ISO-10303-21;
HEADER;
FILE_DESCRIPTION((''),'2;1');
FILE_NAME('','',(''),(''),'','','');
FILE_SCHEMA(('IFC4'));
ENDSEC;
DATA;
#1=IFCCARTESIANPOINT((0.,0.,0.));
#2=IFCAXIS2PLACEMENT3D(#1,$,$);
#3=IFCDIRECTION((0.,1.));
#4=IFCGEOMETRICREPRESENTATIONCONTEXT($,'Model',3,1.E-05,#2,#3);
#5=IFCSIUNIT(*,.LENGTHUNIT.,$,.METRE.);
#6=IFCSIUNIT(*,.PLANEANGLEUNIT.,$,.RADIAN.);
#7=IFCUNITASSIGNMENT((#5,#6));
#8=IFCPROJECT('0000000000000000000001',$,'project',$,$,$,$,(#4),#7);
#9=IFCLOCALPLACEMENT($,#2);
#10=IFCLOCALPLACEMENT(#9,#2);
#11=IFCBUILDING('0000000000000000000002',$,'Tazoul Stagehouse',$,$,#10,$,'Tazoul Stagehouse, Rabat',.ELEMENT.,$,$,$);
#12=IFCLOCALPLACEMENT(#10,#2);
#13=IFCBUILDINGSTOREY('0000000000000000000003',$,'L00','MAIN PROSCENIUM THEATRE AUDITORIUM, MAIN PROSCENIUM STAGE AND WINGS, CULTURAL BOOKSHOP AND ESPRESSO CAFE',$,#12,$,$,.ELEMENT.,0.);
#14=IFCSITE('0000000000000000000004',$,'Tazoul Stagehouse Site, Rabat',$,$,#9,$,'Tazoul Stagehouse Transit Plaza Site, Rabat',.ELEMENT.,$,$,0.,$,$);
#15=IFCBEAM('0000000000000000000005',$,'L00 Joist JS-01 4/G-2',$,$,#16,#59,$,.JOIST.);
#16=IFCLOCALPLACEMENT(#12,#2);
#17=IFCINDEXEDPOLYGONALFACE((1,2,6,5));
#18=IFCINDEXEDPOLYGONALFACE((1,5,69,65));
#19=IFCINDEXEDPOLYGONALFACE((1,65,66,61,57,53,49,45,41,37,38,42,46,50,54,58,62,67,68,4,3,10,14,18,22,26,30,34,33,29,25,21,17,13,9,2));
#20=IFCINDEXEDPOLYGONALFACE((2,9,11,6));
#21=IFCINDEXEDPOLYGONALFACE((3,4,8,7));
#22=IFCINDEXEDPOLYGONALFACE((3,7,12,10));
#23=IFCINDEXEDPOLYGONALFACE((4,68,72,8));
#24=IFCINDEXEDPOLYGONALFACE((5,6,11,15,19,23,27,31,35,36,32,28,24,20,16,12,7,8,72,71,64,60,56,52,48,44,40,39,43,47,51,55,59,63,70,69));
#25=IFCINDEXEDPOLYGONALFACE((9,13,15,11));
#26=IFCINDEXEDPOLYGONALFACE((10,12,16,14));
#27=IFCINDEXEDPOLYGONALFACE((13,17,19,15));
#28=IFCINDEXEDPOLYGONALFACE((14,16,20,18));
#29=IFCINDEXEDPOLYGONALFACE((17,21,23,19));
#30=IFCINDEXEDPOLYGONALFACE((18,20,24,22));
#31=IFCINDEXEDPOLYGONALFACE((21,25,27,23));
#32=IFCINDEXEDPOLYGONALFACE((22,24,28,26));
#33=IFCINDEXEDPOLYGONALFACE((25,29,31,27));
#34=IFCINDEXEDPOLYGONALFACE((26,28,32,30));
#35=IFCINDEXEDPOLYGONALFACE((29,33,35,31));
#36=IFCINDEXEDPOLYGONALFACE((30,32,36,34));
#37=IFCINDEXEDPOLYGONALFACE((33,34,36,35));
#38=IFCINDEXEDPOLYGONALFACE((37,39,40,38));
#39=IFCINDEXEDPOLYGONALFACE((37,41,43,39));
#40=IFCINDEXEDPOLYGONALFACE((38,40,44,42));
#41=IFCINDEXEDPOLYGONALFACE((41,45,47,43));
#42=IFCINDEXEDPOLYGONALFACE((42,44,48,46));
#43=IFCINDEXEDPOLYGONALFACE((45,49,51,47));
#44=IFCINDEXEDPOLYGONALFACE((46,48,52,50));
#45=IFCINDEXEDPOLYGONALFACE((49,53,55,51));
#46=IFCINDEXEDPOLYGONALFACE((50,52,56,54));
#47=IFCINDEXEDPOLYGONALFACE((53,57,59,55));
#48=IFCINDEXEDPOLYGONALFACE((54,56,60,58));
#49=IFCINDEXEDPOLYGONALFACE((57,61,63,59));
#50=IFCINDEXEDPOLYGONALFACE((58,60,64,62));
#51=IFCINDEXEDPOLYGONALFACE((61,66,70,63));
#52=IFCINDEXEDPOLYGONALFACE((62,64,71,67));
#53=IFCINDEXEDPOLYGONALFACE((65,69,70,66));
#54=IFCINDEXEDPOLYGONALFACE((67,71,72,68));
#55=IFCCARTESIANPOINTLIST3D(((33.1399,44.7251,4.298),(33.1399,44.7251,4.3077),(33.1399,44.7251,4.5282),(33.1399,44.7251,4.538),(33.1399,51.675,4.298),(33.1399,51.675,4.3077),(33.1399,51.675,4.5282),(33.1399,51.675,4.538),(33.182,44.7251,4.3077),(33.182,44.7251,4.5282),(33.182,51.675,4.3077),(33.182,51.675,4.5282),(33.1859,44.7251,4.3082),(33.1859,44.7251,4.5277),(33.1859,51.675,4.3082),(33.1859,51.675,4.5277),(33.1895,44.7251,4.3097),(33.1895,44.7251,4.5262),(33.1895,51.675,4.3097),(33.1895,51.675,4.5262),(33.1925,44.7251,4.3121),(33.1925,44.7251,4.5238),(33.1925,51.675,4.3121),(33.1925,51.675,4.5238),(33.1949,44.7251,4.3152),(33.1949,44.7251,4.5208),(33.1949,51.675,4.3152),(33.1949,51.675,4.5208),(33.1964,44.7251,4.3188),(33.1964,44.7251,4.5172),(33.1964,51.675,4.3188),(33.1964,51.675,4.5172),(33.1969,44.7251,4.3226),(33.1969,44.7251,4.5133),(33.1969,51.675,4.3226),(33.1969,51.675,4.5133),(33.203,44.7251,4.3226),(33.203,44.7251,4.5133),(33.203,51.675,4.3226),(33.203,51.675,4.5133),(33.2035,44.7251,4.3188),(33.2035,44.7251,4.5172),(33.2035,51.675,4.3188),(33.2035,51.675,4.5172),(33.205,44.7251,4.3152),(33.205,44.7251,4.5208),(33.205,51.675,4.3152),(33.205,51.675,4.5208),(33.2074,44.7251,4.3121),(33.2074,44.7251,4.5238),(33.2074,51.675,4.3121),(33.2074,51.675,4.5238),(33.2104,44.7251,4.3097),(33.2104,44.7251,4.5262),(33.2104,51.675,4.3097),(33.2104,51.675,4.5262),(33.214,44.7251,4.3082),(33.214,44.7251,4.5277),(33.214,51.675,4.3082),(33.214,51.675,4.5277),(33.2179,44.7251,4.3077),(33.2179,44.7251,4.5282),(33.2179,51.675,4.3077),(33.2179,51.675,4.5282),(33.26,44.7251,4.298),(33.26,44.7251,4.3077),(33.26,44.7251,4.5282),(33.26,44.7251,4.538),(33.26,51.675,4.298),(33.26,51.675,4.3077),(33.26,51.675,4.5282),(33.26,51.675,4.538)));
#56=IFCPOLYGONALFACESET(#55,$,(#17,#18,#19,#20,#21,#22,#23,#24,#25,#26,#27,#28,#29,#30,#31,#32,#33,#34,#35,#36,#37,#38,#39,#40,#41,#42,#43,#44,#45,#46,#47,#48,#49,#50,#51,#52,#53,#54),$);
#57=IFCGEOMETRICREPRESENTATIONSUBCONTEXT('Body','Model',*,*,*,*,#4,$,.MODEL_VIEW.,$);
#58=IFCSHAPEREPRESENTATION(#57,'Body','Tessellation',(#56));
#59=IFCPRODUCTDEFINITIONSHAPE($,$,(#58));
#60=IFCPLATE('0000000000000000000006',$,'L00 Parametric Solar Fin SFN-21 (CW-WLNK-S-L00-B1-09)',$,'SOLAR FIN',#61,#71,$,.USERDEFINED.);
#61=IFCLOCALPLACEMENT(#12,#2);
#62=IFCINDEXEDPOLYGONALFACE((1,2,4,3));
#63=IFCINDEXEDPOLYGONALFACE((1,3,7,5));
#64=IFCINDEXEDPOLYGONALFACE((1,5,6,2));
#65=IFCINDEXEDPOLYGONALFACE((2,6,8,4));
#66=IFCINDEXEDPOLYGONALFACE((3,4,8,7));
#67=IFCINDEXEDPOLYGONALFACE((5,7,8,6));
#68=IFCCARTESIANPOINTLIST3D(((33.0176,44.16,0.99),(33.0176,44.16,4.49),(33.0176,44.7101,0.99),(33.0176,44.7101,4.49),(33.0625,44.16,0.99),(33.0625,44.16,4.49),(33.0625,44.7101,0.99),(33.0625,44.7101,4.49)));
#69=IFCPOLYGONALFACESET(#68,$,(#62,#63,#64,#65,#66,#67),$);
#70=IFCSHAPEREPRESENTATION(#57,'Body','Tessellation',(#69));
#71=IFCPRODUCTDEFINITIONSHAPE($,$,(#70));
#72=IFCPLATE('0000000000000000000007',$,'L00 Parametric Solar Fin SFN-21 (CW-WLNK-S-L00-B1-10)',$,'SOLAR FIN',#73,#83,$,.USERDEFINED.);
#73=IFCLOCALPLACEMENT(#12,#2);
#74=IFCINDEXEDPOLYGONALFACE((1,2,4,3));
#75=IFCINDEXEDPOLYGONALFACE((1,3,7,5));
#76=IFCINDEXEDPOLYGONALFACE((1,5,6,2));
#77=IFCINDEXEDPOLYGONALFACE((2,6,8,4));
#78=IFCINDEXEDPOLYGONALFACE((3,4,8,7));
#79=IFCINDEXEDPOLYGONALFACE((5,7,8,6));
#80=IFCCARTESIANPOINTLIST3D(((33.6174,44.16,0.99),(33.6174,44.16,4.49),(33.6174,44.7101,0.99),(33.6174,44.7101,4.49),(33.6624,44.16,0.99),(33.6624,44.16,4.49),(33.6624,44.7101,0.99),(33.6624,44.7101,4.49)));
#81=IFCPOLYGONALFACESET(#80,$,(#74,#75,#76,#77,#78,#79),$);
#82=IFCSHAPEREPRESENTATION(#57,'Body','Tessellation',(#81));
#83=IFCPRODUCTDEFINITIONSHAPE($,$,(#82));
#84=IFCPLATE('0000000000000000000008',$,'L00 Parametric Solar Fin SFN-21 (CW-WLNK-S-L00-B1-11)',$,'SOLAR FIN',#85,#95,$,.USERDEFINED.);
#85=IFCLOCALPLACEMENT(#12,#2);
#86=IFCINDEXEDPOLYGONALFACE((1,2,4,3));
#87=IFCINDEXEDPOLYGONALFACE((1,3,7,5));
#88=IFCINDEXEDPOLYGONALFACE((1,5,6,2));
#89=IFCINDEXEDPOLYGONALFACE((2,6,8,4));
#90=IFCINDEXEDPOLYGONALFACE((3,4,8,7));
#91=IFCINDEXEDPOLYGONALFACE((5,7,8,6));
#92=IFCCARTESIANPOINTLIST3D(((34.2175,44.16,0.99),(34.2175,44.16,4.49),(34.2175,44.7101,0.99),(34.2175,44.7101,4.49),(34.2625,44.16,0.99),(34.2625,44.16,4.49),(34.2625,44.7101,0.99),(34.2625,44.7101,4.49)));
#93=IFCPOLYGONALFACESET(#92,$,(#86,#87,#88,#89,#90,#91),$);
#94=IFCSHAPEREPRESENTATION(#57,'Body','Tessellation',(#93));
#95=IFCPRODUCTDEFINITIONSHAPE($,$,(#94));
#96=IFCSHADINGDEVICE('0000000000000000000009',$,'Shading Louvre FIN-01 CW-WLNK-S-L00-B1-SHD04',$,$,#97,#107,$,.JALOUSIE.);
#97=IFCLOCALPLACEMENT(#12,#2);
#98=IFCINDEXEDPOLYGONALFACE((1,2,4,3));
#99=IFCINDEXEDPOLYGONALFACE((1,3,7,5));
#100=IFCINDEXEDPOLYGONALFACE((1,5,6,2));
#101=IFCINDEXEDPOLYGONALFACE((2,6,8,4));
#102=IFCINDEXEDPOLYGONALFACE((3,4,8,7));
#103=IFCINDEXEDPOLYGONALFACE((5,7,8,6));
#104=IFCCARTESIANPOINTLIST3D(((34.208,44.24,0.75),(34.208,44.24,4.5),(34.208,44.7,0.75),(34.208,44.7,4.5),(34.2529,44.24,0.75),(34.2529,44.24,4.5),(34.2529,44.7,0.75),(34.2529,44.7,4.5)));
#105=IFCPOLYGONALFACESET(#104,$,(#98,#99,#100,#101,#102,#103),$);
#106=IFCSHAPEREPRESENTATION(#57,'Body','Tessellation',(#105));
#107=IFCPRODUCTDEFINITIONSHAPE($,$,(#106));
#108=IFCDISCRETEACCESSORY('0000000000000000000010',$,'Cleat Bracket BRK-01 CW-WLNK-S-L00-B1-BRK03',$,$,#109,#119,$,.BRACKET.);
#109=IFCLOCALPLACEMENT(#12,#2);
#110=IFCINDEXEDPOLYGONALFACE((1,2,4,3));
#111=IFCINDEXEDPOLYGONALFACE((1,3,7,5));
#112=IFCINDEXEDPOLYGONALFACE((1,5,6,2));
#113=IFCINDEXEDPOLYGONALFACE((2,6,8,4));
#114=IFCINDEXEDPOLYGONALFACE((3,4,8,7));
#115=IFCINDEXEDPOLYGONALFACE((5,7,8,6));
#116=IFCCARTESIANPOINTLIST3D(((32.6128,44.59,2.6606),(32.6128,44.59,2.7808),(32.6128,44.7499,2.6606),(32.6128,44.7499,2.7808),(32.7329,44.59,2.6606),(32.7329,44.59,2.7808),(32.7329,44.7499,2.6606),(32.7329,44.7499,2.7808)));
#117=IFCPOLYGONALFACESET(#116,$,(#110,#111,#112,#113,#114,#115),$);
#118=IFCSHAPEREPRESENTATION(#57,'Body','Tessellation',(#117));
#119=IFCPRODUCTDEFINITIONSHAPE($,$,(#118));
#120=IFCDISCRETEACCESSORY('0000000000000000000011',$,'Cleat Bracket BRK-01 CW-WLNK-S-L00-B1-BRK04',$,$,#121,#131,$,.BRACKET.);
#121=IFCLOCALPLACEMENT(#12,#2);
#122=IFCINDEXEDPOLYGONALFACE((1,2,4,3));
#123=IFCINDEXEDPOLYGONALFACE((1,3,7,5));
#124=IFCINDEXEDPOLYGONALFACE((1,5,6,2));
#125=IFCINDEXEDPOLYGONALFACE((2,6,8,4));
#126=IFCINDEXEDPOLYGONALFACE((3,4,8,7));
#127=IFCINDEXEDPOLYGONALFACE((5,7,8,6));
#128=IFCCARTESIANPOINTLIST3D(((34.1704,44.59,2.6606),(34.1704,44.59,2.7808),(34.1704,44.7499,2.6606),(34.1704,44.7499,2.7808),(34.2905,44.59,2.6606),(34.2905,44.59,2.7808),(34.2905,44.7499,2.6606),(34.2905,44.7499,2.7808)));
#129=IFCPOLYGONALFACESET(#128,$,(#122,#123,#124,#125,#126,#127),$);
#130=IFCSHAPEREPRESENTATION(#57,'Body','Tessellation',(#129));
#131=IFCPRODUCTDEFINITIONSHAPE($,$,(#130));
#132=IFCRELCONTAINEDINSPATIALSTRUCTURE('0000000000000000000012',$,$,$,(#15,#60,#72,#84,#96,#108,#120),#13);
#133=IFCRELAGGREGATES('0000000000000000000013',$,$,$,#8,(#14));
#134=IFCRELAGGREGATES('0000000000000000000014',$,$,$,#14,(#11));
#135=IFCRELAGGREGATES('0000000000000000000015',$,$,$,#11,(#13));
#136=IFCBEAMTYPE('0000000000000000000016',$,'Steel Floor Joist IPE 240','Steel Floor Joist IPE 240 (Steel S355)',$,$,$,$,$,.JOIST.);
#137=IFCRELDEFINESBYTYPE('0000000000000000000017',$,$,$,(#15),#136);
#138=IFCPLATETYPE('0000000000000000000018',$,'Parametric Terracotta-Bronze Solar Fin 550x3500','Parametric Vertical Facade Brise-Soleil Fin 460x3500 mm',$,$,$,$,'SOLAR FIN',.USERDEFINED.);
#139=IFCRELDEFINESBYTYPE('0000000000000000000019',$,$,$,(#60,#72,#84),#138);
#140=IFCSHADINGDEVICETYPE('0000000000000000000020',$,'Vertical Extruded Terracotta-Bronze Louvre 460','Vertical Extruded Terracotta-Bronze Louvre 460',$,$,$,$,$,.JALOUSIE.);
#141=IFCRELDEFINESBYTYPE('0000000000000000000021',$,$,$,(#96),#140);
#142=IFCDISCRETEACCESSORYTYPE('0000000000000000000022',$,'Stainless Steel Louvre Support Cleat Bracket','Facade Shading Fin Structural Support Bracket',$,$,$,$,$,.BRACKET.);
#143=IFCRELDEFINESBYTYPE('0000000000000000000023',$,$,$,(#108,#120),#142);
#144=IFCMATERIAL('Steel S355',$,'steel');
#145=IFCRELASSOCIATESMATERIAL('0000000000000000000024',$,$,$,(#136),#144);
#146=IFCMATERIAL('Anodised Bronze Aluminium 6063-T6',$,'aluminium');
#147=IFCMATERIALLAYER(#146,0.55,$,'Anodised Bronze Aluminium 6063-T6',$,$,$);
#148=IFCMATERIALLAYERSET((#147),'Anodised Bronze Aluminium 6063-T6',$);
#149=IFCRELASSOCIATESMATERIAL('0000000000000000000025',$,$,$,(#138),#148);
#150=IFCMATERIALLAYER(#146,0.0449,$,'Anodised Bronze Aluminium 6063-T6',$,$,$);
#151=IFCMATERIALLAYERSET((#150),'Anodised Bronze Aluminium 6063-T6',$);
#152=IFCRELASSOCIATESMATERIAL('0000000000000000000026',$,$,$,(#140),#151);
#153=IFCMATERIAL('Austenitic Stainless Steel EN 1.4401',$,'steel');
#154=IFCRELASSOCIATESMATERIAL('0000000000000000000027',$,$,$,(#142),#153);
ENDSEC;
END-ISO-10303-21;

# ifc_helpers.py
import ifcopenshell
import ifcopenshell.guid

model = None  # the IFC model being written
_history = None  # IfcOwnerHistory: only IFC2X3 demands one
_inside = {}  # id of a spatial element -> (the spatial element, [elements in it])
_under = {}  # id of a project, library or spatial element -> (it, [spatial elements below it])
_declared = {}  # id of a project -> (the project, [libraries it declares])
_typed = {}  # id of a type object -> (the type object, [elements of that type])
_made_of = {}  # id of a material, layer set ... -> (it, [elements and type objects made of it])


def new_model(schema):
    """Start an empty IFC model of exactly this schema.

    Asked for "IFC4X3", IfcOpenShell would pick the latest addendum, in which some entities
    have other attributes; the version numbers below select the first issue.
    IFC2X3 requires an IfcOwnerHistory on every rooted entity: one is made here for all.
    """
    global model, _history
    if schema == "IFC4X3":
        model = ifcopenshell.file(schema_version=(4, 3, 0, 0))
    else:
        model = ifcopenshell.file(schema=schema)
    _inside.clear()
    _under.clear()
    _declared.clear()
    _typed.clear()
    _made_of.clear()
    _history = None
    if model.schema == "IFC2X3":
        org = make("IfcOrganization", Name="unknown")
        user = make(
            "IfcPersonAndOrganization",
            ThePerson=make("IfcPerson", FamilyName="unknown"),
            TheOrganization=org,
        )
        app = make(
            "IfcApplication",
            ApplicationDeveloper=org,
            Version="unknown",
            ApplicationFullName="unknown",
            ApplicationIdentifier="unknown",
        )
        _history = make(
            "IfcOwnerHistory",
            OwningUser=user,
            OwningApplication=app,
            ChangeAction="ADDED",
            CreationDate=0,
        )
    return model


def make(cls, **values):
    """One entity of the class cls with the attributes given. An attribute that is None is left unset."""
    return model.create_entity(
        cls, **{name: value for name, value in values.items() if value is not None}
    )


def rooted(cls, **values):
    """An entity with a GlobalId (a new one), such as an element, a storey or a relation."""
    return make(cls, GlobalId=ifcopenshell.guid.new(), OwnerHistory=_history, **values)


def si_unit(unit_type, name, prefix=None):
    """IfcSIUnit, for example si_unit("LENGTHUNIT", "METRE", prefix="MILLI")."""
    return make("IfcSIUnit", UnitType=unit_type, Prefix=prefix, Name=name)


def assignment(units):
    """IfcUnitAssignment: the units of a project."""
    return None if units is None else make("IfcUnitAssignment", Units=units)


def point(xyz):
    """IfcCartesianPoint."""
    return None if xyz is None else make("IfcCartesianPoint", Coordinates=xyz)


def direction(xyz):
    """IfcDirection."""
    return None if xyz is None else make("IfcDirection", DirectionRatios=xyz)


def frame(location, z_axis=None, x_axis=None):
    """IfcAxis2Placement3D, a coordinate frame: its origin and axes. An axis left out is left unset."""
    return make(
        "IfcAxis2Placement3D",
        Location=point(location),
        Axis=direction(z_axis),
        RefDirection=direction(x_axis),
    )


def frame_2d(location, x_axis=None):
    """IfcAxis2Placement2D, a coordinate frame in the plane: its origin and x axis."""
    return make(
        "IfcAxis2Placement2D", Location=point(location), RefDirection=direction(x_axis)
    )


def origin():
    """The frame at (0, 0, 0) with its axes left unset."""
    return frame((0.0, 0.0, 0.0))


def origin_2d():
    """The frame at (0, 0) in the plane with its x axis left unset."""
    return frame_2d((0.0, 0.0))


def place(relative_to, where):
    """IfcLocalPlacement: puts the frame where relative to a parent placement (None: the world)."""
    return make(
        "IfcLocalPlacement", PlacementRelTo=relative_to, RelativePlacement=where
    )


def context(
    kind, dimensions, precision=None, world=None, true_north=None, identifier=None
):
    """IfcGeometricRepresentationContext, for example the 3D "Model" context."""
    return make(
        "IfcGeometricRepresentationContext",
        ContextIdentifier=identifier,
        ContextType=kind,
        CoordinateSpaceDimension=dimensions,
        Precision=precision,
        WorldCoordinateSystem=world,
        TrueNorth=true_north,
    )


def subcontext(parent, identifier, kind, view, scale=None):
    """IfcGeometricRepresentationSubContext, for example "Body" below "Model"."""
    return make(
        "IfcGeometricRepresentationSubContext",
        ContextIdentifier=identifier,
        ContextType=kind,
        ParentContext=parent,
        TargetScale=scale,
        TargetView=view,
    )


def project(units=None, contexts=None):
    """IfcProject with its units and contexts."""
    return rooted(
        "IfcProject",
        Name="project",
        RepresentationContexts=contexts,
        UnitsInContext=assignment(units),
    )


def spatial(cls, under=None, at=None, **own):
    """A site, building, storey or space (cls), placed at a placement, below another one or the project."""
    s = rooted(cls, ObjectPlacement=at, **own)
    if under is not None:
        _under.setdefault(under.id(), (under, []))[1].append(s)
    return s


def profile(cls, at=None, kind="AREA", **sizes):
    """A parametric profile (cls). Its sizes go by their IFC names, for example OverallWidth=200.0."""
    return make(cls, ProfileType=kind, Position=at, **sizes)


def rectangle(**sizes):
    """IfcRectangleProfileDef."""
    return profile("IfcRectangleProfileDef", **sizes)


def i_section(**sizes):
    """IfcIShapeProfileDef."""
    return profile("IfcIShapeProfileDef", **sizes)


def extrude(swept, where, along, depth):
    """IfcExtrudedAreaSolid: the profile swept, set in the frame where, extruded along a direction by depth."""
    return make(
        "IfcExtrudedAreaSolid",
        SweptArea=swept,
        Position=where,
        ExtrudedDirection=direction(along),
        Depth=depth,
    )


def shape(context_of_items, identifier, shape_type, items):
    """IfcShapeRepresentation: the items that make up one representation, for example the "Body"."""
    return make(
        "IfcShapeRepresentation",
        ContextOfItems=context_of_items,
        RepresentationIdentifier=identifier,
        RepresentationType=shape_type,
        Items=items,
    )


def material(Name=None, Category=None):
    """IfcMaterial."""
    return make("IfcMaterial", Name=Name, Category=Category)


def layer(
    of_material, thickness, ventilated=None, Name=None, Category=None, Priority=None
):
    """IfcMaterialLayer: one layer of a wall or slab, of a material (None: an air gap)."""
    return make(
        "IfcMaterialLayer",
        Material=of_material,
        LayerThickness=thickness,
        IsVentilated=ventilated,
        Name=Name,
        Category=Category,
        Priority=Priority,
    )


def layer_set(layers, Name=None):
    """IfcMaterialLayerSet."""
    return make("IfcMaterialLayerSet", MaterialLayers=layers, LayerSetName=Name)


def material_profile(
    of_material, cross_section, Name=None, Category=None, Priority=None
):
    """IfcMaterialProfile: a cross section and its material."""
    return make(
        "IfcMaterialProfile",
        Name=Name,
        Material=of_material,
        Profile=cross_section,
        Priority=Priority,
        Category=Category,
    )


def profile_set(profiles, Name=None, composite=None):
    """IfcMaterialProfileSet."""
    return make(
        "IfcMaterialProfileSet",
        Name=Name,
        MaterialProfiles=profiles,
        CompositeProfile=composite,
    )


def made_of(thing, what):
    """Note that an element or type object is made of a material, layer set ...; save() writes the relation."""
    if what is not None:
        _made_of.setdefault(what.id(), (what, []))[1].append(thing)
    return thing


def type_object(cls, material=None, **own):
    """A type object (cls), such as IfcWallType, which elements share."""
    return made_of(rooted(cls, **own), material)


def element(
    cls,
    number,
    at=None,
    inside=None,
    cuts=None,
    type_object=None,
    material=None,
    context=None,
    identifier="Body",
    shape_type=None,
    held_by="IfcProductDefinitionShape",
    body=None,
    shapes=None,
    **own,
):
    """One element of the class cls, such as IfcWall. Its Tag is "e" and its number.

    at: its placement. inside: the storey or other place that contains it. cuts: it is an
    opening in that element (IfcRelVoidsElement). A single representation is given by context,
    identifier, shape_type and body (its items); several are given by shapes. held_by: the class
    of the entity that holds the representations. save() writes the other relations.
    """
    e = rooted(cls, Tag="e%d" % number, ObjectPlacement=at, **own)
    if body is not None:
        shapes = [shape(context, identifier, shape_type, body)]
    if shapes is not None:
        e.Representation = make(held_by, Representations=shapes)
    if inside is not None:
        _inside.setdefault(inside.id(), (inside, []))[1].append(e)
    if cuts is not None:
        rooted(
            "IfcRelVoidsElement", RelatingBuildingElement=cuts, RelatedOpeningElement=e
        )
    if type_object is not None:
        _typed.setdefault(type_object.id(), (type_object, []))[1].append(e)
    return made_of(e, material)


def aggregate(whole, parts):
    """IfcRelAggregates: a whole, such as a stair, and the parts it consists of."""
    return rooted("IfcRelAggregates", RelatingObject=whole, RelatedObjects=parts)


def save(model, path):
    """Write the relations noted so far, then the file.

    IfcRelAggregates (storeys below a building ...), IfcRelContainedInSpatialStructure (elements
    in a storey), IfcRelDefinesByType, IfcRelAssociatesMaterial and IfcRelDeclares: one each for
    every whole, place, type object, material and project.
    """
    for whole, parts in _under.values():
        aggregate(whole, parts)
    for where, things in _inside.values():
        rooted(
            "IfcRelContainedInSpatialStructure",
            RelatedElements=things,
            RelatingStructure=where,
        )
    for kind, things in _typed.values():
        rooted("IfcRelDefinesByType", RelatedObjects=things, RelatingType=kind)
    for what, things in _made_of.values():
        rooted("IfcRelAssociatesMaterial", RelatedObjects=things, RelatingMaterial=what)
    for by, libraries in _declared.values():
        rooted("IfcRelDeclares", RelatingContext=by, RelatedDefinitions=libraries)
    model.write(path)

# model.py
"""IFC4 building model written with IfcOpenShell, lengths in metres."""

from ifc_helpers import new_model, si_unit, direction, frame, origin, origin_2d, place, context, subcontext, project, spatial, rectangle, i_section, extrude, material, layer, layer_set, material_profile, profile_set, type_object, element, save


model = new_model("IFC4")

# Units and contexts
model_context = context("Model", 3, precision=1e-05, world=origin(), true_north=direction((0.0, 1.0)))
body_context = subcontext(model_context, "Body", "Model", "MODEL_VIEW")
ifc_project = project(units=[si_unit("LENGTHUNIT", "METRE"), si_unit("PLANEANGLEUNIT", "RADIAN")], contexts=[model_context])

# Site, building, storey
site_placement = place(None, origin())
site = spatial("IfcSite", under=ifc_project, at=site_placement, Name="Tazoul Stagehouse Site, Rabat", LongName="Tazoul Stagehouse Transit Plaza Site, Rabat", CompositionType="ELEMENT", RefElevation=0.0)
building_placement = place(site_placement, origin())
building = spatial("IfcBuilding", under=site, at=building_placement, Name="Tazoul Stagehouse", LongName="Tazoul Stagehouse, Rabat", CompositionType="ELEMENT")
storey_placement = place(building_placement, origin())
storey = spatial("IfcBuildingStorey", under=building, at=storey_placement, Name="L00", Description="MAIN PROSCENIUM THEATRE AUDITORIUM, MAIN PROSCENIUM STAGE AND WINGS, CULTURAL BOOKSHOP AND ESPRESSO CAFE", CompositionType="ELEMENT", Elevation=0.0)

# Beam
ifc_material_1 = material(Name="Steel S355", Category="steel")
ifc_material_profile = material_profile(ifc_material_1, i_section(OverallWidth=0.1201, OverallDepth=0.24, WebThickness=0.0061, FlangeThickness=0.0098, FilletRadius=0.0149, at=origin_2d()), Name="IPE 240")
ifc_profile_set = profile_set([ifc_material_profile], Name="Steel S355")
beam_type = type_object("IfcBeamType", Name="Steel Floor Joist IPE 240", Description="Steel Floor Joist IPE 240 (Steel S355)", PredefinedType="JOIST", material=ifc_profile_set)
beam_placement = place(storey_placement, frame((33.2, 44.7251, 4.418), z_axis=(0.0, 1.0, 0.0), x_axis=(-1.0, 0.0, 0.0)))
element("IfcBeam", 1, at=beam_placement, inside=storey, type_object=beam_type, Name="L00 Joist JS-01 4/G-2", PredefinedType="JOIST", context=body_context, shape_type="SweptSolid", body=[
    extrude(i_section(OverallWidth=0.1201, OverallDepth=0.24, WebThickness=0.0061, FlangeThickness=0.0098, FilletRadius=0.0149, at=origin_2d()), origin(), (0.0, 0.0, 1.0), 6.95),
])

# Plates
ifc_material_2 = material(Name="Anodised Bronze Aluminium 6063-T6", Category="aluminium")
ifc_layer_1 = layer(ifc_material_2, 0.55, Name="Anodised Bronze Aluminium 6063-T6")
ifc_layer_set_1 = layer_set([ifc_layer_1], Name="Anodised Bronze Aluminium 6063-T6")
plate_type = type_object("IfcPlateType", Name="Parametric Terracotta-Bronze Solar Fin 550x3500", Description="Parametric Vertical Facade Brise-Soleil Fin 460x3500 mm", ElementType="SOLAR FIN", PredefinedType="USERDEFINED", material=ifc_layer_set_1)
for number, where, z_axis, x_axis, name in (
    (2, (33.04, 44.4351, 0.99), (0.0, 0.0, 1.0), (1.0, 0.0, 0.0), "L00 Parametric Solar Fin SFN-21 (CW-WLNK-S-L00-B1-09)"),
    (3, (33.6399, 44.4351, 0.99), (0.0, 0.0, 1.0), (1.0, 0.0, 0.0), "L00 Parametric Solar Fin SFN-21 (CW-WLNK-S-L00-B1-10)"),
    (4, (34.24, 44.4351, 0.99), (0.0, 0.0, 1.0), (1.0, 0.0, 0.0), "L00 Parametric Solar Fin SFN-21 (CW-WLNK-S-L00-B1-11)"),
):
    element("IfcPlate", number, at=place(storey_placement, frame(where, z_axis=z_axis, x_axis=x_axis)), inside=storey, type_object=plate_type, Name=name, ObjectType="SOLAR FIN", PredefinedType="USERDEFINED", context=body_context, shape_type="SweptSolid", body=[
        extrude(rectangle(XDim=0.0449, YDim=0.55, at=origin_2d()), origin(), (0.0, 0.0, 1.0), 3.5),
    ])

# Shading device
ifc_layer_2 = layer(ifc_material_2, 0.0449, Name="Anodised Bronze Aluminium 6063-T6")
ifc_layer_set_2 = layer_set([ifc_layer_2], Name="Anodised Bronze Aluminium 6063-T6")
shading_device_type = type_object("IfcShadingDeviceType", Name="Vertical Extruded Terracotta-Bronze Louvre 460", Description="Vertical Extruded Terracotta-Bronze Louvre 460", PredefinedType="JALOUSIE", material=ifc_layer_set_2)
shading_device_placement = place(storey_placement, frame((34.2305, 44.47, 0.75), z_axis=(0.0, 0.0, 1.0), x_axis=(1.0, 0.0, 0.0)))
element("IfcShadingDevice", 5, at=shading_device_placement, inside=storey, type_object=shading_device_type, Name="Shading Louvre FIN-01 CW-WLNK-S-L00-B1-SHD04", PredefinedType="JALOUSIE", context=body_context, shape_type="SweptSolid", body=[
    extrude(rectangle(XDim=0.0449, YDim=0.46, at=origin_2d()), origin(), (0.0, 0.0, 1.0), 3.75),
])

# Discrete accessories
ifc_material_3 = material(Name="Austenitic Stainless Steel EN 1.4401", Category="steel")
discrete_accessory_type = type_object("IfcDiscreteAccessoryType", Name="Stainless Steel Louvre Support Cleat Bracket", Description="Facade Shading Fin Structural Support Bracket", PredefinedType="BRACKET", material=ifc_material_3)
for number, where, z_axis, x_axis, name in (
    (6, (32.6729, 44.6699, 2.6606), (0.0, 0.0, 1.0), (1.0, 0.0, 0.0), "Cleat Bracket BRK-01 CW-WLNK-S-L00-B1-BRK03"),
    (7, (34.2305, 44.6699, 2.6606), (0.0, 0.0, 1.0), (1.0, 0.0, 0.0), "Cleat Bracket BRK-01 CW-WLNK-S-L00-B1-BRK04"),
):
    element("IfcDiscreteAccessory", number, at=place(storey_placement, frame(where, z_axis=z_axis, x_axis=x_axis)), inside=storey, type_object=discrete_accessory_type, Name=name, PredefinedType="BRACKET", context=body_context, shape_type="SweptSolid", body=[
        extrude(rectangle(XDim=0.1201, YDim=0.1599, at=origin_2d()), origin(), (0.0, 0.0, 1.0), 0.1201),
    ])

save(model, "model.ifc")
